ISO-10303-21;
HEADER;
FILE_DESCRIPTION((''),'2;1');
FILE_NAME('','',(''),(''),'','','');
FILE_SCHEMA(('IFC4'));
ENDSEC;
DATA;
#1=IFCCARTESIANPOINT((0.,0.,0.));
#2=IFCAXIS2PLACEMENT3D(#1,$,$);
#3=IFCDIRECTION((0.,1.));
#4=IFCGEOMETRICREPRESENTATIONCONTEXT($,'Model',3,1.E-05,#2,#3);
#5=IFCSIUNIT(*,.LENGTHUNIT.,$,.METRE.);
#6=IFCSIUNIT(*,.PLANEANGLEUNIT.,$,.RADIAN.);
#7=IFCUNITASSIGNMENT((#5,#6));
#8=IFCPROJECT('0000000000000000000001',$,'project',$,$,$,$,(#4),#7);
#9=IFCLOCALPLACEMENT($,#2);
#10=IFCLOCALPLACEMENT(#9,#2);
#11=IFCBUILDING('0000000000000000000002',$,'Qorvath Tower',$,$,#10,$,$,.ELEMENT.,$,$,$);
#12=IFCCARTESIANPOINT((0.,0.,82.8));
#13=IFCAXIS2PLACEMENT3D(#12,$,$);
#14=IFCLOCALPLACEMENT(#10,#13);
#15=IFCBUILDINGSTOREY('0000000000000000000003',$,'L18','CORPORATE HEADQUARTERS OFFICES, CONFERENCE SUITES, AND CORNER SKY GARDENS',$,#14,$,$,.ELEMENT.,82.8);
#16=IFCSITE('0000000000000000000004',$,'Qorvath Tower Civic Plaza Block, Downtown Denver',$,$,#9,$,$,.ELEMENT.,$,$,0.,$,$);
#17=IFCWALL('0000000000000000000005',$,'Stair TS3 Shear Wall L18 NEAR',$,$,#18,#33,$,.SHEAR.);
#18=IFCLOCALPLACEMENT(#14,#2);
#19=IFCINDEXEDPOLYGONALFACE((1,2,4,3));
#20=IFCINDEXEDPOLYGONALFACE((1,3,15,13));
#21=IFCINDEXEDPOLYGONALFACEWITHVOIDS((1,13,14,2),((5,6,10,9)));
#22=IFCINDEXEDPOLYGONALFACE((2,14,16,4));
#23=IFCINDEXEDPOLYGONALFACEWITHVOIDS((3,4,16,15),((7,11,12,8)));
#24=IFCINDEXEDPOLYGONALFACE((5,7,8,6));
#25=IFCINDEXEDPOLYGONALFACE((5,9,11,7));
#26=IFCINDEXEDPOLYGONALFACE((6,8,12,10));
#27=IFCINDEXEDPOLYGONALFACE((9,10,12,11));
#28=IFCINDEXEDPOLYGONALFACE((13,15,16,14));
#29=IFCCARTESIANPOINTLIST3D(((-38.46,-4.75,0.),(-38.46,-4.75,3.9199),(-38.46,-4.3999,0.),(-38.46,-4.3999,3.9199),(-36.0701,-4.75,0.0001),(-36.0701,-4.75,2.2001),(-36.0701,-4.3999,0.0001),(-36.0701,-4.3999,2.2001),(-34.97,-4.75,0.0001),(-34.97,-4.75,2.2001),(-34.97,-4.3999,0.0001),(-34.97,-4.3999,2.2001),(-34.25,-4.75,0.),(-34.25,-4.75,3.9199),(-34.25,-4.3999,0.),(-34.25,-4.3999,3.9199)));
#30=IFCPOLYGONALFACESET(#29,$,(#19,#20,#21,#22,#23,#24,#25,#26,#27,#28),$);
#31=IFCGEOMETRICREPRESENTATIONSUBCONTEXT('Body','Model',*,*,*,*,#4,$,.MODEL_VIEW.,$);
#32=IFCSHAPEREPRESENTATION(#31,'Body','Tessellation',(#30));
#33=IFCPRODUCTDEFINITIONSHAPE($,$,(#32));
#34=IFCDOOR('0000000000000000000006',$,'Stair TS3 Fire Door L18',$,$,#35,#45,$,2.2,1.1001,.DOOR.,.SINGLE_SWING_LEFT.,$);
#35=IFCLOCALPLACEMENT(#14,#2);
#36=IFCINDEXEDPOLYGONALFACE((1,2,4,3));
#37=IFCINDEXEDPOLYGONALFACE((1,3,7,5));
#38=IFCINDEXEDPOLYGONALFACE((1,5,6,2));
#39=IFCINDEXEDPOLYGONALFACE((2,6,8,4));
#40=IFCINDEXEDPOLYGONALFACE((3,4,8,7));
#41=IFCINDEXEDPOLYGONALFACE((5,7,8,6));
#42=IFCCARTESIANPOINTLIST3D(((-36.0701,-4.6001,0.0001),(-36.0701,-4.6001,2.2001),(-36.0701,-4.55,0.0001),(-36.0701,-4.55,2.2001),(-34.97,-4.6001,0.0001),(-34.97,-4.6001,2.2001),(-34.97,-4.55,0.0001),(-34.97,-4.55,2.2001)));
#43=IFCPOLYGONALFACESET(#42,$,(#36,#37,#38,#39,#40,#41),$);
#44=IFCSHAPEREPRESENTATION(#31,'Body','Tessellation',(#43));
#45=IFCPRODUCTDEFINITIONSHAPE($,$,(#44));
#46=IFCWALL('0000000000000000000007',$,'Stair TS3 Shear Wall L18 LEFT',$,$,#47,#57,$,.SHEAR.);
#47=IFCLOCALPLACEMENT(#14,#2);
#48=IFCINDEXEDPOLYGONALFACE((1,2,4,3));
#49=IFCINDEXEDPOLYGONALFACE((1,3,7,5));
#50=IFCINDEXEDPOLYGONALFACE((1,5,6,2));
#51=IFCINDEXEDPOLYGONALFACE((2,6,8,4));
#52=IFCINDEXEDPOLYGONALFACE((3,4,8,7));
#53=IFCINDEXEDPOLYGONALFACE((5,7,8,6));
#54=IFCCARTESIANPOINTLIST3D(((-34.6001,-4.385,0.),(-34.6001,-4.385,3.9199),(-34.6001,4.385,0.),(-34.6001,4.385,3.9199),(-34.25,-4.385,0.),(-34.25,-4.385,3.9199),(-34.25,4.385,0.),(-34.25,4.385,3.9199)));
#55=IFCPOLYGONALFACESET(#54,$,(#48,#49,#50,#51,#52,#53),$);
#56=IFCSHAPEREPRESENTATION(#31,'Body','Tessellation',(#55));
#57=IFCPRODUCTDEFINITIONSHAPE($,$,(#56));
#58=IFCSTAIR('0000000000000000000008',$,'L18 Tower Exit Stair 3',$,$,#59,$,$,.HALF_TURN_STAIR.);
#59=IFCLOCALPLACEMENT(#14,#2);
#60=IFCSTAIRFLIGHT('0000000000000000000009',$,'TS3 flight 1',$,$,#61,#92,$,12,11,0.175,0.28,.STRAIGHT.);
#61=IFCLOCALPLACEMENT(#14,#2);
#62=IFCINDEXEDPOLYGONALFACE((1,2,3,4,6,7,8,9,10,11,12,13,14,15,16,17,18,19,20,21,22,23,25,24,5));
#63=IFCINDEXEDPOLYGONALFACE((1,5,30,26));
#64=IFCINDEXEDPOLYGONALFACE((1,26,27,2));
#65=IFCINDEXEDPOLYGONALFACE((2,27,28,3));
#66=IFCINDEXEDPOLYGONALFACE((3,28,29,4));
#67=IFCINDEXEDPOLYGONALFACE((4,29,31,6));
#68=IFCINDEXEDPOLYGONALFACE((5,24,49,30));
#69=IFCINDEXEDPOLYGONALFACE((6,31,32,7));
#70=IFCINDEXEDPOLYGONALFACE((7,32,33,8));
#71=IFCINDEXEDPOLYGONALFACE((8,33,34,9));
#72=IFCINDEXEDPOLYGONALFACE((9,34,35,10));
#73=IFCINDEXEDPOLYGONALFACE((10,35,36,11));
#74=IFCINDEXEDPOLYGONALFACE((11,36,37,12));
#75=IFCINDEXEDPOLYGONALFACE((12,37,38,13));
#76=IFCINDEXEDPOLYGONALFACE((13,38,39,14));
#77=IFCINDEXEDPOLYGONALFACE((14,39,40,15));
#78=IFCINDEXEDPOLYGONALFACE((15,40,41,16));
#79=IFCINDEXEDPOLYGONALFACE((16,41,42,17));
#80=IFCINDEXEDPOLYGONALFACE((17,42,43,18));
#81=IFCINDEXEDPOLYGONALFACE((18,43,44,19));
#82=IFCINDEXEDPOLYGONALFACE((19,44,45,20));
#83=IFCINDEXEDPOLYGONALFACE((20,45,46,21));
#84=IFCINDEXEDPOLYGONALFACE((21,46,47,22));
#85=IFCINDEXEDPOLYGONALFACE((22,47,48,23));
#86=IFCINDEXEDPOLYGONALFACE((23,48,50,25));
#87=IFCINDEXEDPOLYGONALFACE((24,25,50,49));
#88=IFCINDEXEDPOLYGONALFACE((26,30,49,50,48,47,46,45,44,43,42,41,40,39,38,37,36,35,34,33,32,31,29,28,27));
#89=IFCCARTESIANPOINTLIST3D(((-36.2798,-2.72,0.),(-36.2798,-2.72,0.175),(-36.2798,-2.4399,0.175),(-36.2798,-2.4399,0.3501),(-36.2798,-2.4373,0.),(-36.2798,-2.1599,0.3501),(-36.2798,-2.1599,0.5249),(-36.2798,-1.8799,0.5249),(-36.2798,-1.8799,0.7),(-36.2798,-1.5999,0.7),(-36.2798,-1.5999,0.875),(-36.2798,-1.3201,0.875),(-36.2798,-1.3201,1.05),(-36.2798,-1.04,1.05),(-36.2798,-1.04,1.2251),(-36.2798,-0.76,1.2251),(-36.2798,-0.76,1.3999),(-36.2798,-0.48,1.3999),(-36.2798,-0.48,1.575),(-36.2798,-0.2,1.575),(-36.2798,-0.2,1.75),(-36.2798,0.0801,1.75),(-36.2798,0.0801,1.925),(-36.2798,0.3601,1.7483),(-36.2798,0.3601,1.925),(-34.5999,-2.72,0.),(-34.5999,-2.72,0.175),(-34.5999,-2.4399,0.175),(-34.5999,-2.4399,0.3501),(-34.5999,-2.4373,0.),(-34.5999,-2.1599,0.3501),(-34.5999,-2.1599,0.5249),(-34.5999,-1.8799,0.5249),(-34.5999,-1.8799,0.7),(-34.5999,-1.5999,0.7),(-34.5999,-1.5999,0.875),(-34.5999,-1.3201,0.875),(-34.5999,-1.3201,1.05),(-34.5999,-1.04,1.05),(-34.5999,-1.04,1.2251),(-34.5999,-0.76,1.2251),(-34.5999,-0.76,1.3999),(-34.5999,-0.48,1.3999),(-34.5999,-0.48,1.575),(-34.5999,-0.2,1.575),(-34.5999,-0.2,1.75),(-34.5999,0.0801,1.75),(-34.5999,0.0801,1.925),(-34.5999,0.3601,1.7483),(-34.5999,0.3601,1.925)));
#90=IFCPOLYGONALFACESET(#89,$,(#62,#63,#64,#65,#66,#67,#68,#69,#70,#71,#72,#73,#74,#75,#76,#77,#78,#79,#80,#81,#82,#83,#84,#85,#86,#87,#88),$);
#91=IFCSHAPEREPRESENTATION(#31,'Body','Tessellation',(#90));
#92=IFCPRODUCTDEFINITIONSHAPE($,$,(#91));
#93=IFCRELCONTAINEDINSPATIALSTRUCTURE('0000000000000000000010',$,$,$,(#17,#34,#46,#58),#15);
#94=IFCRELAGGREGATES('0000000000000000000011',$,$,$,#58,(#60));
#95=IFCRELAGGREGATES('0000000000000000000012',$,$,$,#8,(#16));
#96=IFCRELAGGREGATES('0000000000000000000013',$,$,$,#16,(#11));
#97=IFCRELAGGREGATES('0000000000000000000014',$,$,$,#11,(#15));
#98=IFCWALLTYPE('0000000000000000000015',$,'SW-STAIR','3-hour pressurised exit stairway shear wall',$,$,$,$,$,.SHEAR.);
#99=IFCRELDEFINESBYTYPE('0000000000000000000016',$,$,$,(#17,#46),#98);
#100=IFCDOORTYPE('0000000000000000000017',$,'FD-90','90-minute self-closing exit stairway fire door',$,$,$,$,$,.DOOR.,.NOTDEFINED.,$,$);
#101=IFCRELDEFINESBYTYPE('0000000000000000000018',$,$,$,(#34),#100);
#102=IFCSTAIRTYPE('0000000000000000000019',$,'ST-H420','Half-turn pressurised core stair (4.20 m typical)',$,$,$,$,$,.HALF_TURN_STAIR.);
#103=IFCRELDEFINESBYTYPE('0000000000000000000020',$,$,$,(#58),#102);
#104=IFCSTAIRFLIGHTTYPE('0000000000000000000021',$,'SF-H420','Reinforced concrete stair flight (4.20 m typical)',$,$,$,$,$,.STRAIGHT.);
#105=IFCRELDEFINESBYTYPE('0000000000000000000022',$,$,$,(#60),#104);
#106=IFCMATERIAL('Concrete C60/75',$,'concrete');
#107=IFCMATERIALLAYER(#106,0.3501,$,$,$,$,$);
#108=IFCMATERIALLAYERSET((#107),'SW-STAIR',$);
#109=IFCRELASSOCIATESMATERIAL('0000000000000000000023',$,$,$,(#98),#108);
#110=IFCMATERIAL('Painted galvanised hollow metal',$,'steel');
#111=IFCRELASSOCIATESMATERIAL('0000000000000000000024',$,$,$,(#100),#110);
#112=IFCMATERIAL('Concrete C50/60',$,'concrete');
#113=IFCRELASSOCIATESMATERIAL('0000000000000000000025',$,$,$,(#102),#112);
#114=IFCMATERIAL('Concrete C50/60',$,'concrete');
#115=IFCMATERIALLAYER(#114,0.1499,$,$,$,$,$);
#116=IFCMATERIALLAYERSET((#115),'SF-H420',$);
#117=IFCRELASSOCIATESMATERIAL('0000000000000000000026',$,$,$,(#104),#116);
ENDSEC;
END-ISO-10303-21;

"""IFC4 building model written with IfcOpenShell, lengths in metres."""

from ifc_helpers import new_model, si_unit, direction, frame, frame_2d, origin, place, context, subcontext, project, spatial, polyline, rectangle, outline, extrude, material, layer, layer_set, type_object, element, fill, aggregate, save


model = new_model("IFC4")

# Units and contexts
model_context = context("Model", 3, precision=1e-05, world=origin(), true_north=direction((0.0, 1.0)))
body_context = subcontext(model_context, "Body", "Model", "MODEL_VIEW")
ifc_project = project(units=[si_unit("LENGTHUNIT", "METRE"), si_unit("PLANEANGLEUNIT", "RADIAN")], contexts=[model_context])

# Site, building, storey
site_placement = place(None, origin())
site = spatial("IfcSite", under=ifc_project, at=site_placement, Name="Qorvath Tower Civic Plaza Block, Downtown Denver", CompositionType="ELEMENT", RefElevation=0.0)
building_placement = place(site_placement, origin())
building = spatial("IfcBuilding", under=site, at=building_placement, Name="Qorvath Tower", CompositionType="ELEMENT")
storey_placement = place(building_placement, frame((0.0, 0.0, 82.8)))
storey = spatial("IfcBuildingStorey", under=building, at=storey_placement, Name="L18", Description="CORPORATE HEADQUARTERS OFFICES, CONFERENCE SUITES, AND CORNER SKY GARDENS", CompositionType="ELEMENT", Elevation=82.8)

# Wall, opening, door
ifc_material_1 = material(Name="Concrete C60/75", Category="concrete")
ifc_layer_1 = layer(ifc_material_1, 0.3501)
ifc_layer_set_1 = layer_set([ifc_layer_1], Name="SW-STAIR")
wall_type_1 = type_object("IfcWallType", Name="SW-STAIR", Description="3-hour pressurised exit stairway shear wall", PredefinedType="SHEAR", material=ifc_layer_set_1)
wall_1_placement = place(storey_placement, frame((-38.46, -4.575, 0.0), z_axis=(0.0, 0.0, 1.0), x_axis=(1.0, 0.0, 0.0)))
wall_1 = element("IfcWall", 1, at=wall_1_placement, inside=storey, type_object=wall_type_1, Name="Stair TS3 Shear Wall L18 NEAR", PredefinedType="SHEAR", context=body_context, shape_type="SweptSolid", body=[
    extrude(rectangle(XDim=4.21, YDim=0.3501, at=frame_2d((2.105, 0.0))), origin(), (0.0, 0.0, 1.0), 3.9199),
])
opening_1_placement = place(wall_1_placement, frame((2.3899, 0.0, 0.0)))
opening_1 = element("IfcOpeningElement", 2, at=opening_1_placement, cuts=wall_1, PredefinedType="OPENING", context=body_context, shape_type="SweptSolid", body=[
    extrude(rectangle(XDim=1.1001, YDim=2.2, at=frame_2d((0.55, 1.1001))), frame((0.0, 0.1851, 0.0), z_axis=(0.0, -1.0, 0.0), x_axis=(1.0, 0.0, 0.0)), (0.0, 0.0, 1.0), 0.3701),
])
ifc_material_2 = material(Name="Painted galvanised hollow metal", Category="steel")
door_type_1 = type_object("IfcDoorType", Name="FD-90", Description="90-minute self-closing exit stairway fire door", OperationType="NOTDEFINED", PredefinedType="DOOR", material=ifc_material_2)
door_1_placement = place(opening_1_placement, origin())
door_1 = element("IfcDoor", 3, at=door_1_placement, inside=storey, type_object=door_type_1, Name="Stair TS3 Fire Door L18", OperationType="SINGLE_SWING_LEFT", OverallHeight=2.2, OverallWidth=1.1001, PredefinedType="DOOR", context=body_context, shape_type="SweptSolid", body=[
    extrude(rectangle(XDim=1.1001, YDim=2.2, at=frame_2d((0.55, 1.1001))), frame((0.0, 0.0249, 0.0), z_axis=(0.0, -1.0, 0.0), x_axis=(1.0, 0.0, 0.0)), (0.0, 0.0, 1.0), 0.05),
])
fill(opening_1, door_1)

# Wall
wall_2_placement = place(storey_placement, frame((-34.425, -4.385, 0.0), z_axis=(0.0, 0.0, 1.0), x_axis=(0.0, 1.0, 0.0)))
element("IfcWall", 4, at=wall_2_placement, inside=storey, type_object=wall_type_1, Name="Stair TS3 Shear Wall L18 LEFT", PredefinedType="SHEAR", context=body_context, shape_type="SweptSolid", body=[
    extrude(rectangle(XDim=8.77, YDim=0.3501, at=frame_2d((4.385, 0.0))), origin(), (0.0, 0.0, 1.0), 3.9199),
])

# Stair, stair flight
ifc_material_3 = material(Name="Concrete C50/60", Category="concrete")
stair_type = type_object("IfcStairType", Name="ST-H420", Description="Half-turn pressurised core stair (4.20 m typical)", PredefinedType="HALF_TURN_STAIR", material=ifc_material_3)
stair_placement = place(storey_placement, origin())
stair = element("IfcStair", 5, at=stair_placement, inside=storey, type_object=stair_type, Name="L18 Tower Exit Stair 3", PredefinedType="HALF_TURN_STAIR")
ifc_material_4 = material(Name="Concrete C50/60", Category="concrete")
ifc_layer_2 = layer(ifc_material_4, 0.1499)
ifc_layer_set_2 = layer_set([ifc_layer_2], Name="SF-H420")
stair_flight_type = type_object("IfcStairFlightType", Name="SF-H420", Description="Reinforced concrete stair flight (4.20 m typical)", PredefinedType="STRAIGHT", material=ifc_layer_set_2)
stair_flight_placement = place(storey_placement, frame((-35.4399, -2.72, 0.0), z_axis=(0.0, 0.0, 1.0), x_axis=(0.0, 1.0, 0.0)))
stair_flight = element("IfcStairFlight", 6, at=stair_flight_placement, type_object=stair_flight_type, Name="TS3 flight 1", NumberOfRisers=12, NumberOfTreads=11, PredefinedType="STRAIGHT", RiserHeight=0.175, TreadLength=0.28, context=body_context, shape_type="SweptSolid", body=[
    extrude(outline(polyline([(0.0, 0.0), (0.0, 0.175), (0.28, 0.175), (0.28, 0.3501), (0.5601, 0.3501), (0.5601, 0.5249), (0.8401, 0.5249), (0.8401, 0.7), (1.1201, 0.7), (1.1201, 0.875), (1.3999, 0.875), (1.3999, 1.05), (1.6799, 1.05), (1.6799, 1.2251), (1.96, 1.2251), (1.96, 1.3999), (2.24, 1.3999), (2.24, 1.575), (2.52, 1.575), (2.52, 1.75), (2.8, 1.75), (2.8, 1.925), (3.0801, 1.925), (3.0801, 2.1001), (3.0801, 1.7483), (0.2827, 0.0), (0.0, 0.0)])), frame((0.0, 0.8398, 0.0), z_axis=(0.0, -1.0, 0.0), x_axis=(1.0, 0.0, 0.0)), (0.0, 0.0, 1.0), 1.6799),
])
aggregate(stair, [stair_flight])

save(model, "model.ifc")
